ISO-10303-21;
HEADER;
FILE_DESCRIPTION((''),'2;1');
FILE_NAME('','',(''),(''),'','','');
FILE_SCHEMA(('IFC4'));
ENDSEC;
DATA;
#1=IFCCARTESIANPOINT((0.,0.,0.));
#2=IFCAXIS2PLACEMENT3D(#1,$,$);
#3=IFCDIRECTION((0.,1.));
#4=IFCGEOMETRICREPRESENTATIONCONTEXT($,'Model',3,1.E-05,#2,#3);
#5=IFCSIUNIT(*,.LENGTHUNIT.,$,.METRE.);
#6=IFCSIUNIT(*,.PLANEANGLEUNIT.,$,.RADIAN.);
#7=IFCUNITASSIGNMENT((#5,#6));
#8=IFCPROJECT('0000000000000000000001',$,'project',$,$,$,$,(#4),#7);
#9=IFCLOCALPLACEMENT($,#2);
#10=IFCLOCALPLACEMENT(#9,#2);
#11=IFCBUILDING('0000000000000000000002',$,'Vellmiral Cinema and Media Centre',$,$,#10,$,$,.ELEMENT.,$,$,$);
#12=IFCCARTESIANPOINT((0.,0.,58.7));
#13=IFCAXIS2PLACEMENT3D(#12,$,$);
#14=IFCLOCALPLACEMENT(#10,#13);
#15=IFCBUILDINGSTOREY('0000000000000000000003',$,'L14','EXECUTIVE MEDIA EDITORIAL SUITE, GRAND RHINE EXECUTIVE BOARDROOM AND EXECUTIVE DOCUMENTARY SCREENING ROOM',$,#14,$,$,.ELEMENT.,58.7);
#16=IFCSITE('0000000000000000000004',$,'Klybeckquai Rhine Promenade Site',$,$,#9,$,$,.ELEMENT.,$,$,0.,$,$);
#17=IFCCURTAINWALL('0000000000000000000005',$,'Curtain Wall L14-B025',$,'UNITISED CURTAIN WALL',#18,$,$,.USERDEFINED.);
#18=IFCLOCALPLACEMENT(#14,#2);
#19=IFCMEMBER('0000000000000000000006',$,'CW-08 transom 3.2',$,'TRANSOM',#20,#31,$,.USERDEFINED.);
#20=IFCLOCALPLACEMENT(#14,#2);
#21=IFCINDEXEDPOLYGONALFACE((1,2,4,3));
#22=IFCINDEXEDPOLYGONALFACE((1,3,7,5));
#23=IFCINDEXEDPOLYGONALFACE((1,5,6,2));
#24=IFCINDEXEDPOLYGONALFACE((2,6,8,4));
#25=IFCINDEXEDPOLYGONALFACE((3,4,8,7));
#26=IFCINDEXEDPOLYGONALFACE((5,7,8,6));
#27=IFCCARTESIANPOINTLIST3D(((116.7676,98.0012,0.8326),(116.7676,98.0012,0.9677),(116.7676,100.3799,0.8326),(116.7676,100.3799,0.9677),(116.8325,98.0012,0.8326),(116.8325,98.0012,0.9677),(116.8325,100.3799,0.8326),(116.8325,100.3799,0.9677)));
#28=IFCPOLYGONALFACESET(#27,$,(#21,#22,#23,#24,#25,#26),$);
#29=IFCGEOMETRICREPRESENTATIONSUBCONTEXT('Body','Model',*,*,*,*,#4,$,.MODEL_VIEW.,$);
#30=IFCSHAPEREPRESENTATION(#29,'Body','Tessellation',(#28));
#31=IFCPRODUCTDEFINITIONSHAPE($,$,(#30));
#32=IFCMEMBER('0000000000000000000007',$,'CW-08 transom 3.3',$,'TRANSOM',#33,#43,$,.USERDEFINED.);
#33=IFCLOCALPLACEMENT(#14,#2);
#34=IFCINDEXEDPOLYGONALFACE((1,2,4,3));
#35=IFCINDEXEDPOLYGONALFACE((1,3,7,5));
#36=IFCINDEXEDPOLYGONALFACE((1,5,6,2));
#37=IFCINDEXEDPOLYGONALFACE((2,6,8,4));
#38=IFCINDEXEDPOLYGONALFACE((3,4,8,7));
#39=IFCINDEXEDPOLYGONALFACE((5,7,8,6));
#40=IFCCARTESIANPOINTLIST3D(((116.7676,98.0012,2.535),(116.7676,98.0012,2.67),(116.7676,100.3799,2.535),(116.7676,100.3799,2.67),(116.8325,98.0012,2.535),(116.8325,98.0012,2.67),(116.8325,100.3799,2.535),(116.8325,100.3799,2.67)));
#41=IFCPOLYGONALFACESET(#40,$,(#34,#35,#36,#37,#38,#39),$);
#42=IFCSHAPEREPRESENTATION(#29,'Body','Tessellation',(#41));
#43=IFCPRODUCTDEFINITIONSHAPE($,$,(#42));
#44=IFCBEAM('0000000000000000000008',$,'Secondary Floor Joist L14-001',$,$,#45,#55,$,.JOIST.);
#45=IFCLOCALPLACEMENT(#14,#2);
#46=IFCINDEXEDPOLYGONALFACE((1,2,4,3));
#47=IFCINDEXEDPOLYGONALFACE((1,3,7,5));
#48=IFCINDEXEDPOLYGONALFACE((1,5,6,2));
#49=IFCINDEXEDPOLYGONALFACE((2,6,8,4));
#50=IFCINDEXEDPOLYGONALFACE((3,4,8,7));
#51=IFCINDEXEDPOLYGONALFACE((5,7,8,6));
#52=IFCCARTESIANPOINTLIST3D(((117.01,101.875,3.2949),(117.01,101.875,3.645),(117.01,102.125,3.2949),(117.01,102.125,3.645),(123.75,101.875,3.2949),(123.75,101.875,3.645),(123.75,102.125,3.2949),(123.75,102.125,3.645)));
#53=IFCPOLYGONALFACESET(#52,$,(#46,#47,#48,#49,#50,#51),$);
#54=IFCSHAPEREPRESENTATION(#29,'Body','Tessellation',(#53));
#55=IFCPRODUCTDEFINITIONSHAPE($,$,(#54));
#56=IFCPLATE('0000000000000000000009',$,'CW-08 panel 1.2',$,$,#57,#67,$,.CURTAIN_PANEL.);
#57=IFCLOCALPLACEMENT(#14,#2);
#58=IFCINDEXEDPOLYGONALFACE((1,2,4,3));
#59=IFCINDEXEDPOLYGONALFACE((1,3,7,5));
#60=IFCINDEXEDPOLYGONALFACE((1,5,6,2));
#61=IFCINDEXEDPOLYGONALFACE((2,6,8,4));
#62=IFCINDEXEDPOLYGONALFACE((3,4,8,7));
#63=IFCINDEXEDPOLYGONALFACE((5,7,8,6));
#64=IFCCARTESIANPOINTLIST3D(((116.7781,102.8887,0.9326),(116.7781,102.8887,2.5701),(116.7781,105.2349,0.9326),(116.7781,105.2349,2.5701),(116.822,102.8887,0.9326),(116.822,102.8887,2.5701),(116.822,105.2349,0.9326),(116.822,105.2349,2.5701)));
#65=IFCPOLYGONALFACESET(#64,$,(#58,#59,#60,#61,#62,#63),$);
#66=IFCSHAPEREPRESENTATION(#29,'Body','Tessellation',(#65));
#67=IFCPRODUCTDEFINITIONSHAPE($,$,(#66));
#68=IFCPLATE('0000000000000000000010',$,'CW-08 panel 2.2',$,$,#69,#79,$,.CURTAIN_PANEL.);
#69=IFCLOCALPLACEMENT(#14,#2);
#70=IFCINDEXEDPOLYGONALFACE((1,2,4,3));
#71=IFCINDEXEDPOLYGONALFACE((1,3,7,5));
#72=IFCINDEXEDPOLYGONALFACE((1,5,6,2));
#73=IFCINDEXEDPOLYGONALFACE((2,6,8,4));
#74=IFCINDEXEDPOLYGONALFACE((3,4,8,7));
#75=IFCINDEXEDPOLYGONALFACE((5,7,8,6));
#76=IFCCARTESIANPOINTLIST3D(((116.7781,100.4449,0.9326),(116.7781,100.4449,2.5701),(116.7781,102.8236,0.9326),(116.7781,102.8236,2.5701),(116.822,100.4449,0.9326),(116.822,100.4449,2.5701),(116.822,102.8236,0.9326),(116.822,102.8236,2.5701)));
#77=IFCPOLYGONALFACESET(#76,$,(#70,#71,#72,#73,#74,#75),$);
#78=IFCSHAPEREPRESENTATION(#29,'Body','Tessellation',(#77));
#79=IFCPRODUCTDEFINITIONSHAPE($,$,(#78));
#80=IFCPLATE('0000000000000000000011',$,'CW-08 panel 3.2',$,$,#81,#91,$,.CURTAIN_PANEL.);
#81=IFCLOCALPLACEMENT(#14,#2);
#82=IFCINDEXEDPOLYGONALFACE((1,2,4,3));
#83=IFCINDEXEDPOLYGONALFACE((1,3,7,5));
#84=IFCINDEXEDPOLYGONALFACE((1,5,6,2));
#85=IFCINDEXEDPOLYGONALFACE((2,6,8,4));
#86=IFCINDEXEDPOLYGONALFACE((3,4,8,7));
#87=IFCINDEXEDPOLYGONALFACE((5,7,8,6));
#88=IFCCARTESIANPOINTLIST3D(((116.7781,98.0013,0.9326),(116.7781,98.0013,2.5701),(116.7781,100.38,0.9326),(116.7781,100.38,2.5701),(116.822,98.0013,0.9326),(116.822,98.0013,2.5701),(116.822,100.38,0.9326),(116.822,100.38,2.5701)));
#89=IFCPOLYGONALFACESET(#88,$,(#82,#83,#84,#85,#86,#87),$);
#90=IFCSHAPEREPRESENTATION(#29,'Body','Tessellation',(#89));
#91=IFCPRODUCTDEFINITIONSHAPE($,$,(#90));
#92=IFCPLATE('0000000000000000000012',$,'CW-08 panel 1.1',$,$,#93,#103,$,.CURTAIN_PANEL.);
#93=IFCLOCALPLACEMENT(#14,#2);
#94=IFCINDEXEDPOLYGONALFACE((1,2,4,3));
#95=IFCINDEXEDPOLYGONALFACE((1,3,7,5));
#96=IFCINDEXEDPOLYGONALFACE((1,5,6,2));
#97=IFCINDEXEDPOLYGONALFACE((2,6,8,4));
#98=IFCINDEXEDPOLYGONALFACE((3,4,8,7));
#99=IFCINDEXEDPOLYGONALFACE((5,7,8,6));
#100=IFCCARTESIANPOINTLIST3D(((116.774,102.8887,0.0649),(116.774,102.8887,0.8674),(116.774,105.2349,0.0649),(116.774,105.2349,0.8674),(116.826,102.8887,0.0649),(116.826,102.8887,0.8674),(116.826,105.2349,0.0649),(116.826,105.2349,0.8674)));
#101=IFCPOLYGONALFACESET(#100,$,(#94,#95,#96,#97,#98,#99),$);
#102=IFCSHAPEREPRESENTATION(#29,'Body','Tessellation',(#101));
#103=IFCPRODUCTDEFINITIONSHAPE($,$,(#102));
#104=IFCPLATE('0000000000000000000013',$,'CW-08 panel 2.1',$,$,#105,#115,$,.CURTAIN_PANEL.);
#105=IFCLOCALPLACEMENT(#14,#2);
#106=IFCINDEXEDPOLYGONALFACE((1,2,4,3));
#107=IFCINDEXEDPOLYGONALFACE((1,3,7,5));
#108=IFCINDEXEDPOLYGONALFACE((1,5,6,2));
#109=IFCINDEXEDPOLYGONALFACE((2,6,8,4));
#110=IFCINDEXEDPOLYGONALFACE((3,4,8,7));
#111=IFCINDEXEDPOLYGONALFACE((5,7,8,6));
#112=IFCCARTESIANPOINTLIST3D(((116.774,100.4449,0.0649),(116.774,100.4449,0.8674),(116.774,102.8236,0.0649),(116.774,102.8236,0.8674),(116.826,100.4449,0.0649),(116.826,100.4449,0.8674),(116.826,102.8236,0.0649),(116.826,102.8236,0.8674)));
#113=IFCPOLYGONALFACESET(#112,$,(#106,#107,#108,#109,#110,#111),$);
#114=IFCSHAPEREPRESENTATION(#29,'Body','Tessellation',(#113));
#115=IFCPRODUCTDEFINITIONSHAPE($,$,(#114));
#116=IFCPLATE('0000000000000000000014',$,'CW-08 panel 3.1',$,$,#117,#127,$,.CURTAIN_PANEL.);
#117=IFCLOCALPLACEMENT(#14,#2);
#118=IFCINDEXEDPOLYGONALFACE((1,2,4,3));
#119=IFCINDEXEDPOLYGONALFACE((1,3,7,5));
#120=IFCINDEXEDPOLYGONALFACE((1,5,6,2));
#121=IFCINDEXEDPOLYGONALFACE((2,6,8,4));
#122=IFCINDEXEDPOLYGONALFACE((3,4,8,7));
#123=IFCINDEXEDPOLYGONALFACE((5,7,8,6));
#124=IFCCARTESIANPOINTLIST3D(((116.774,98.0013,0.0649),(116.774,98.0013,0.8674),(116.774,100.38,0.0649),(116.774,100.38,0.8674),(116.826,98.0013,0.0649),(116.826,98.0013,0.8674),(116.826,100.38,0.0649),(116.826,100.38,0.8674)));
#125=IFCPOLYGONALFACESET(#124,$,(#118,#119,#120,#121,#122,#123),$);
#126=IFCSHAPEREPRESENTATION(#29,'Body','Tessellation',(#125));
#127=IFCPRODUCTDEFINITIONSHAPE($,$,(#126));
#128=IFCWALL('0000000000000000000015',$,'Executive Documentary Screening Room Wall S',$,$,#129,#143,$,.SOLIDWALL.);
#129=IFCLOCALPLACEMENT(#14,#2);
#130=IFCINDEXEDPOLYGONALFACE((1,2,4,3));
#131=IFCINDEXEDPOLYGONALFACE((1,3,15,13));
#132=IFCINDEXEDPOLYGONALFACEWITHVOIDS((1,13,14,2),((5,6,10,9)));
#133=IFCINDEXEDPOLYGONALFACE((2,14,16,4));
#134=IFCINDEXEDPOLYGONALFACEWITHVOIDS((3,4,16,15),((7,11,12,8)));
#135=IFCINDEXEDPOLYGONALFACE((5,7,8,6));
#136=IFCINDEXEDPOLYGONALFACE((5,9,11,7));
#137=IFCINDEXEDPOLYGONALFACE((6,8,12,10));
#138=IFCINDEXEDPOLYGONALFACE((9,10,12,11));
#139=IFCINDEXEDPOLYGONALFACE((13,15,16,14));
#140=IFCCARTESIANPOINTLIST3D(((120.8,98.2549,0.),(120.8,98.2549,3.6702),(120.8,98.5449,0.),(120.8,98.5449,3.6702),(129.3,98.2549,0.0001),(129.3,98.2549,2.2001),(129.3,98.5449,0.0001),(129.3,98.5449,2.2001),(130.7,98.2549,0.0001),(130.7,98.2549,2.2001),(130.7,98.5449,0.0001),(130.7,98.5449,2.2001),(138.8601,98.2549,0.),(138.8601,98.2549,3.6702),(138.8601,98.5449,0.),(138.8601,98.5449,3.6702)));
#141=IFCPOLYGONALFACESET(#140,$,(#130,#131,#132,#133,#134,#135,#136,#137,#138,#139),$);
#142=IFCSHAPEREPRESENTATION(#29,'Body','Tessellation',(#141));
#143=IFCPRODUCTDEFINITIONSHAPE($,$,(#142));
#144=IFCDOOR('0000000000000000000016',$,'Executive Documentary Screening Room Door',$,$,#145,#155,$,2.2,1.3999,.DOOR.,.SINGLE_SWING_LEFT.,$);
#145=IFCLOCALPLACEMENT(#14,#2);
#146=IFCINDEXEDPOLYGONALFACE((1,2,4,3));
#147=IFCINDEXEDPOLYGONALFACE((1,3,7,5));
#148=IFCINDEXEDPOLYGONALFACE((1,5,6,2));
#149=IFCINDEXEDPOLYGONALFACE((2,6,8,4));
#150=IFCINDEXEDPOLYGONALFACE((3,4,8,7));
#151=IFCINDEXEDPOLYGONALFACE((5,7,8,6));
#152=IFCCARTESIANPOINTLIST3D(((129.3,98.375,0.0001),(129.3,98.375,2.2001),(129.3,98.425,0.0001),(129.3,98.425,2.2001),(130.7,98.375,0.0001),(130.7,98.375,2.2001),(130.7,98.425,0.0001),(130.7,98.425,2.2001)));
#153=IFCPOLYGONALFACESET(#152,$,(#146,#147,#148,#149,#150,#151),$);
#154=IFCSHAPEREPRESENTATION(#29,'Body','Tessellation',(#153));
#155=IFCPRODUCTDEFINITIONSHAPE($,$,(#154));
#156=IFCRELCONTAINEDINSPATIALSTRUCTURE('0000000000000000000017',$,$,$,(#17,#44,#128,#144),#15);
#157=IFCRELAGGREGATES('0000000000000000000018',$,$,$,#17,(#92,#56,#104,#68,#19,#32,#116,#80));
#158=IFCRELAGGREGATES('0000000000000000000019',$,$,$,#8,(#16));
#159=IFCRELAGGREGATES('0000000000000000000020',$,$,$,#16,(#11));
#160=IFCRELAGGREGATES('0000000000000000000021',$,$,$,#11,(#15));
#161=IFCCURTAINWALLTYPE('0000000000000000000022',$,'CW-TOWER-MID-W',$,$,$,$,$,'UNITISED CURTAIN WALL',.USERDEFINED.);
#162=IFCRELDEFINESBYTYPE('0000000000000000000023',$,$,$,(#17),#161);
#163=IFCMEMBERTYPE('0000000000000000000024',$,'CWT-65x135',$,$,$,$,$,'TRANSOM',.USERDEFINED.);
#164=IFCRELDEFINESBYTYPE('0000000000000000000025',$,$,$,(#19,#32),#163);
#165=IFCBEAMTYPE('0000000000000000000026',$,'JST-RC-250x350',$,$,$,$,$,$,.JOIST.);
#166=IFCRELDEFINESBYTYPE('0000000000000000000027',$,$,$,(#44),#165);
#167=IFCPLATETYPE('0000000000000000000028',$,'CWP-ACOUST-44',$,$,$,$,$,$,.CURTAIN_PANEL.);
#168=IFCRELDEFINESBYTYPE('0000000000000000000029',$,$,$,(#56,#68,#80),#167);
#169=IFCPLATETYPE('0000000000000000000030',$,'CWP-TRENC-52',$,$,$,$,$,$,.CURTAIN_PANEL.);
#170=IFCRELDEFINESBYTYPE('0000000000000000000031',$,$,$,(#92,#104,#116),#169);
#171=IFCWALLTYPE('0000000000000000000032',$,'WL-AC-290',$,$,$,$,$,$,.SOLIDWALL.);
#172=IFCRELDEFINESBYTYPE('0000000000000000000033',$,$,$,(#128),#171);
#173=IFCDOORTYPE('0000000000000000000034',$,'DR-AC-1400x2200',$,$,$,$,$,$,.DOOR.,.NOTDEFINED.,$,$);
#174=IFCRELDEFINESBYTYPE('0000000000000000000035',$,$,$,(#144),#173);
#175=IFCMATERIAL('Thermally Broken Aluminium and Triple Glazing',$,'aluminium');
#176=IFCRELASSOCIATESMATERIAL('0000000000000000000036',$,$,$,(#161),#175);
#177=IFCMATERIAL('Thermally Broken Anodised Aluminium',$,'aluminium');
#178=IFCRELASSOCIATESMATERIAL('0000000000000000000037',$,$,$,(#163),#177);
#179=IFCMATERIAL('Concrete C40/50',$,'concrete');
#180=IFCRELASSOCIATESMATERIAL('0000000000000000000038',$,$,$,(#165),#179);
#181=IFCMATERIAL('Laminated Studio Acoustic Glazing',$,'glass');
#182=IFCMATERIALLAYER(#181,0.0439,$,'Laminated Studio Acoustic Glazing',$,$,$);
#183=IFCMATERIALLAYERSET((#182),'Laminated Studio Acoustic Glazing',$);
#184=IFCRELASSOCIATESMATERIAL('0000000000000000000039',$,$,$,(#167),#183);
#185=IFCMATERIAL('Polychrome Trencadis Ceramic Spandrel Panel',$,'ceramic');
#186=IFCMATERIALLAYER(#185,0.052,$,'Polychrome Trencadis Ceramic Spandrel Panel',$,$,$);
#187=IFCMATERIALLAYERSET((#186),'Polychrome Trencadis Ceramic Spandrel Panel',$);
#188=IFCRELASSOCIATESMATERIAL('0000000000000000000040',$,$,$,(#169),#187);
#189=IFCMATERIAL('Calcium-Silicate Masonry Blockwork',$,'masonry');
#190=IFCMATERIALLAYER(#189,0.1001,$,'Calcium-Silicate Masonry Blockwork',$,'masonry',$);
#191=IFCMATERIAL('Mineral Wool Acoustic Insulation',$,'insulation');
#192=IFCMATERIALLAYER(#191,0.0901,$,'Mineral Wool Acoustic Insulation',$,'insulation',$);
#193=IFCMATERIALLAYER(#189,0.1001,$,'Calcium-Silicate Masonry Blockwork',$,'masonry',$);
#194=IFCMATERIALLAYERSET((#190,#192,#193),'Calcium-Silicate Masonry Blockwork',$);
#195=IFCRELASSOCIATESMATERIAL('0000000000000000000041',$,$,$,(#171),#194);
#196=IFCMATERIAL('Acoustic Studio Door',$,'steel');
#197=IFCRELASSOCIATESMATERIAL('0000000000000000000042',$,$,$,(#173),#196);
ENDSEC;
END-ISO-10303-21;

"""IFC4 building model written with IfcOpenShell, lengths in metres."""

from ifc_helpers import new_model, si_unit, direction, frame, frame_2d, origin, origin_2d, place, context, subcontext, project, spatial, rectangle, extrude, material, layer, layer_set, material_profile, profile_set, type_object, element, fill, aggregate, save


model = new_model("IFC4")

# Units and contexts
model_context = context("Model", 3, precision=1e-05, world=origin(), true_north=direction((0.0, 1.0)))
body_context = subcontext(model_context, "Body", "Model", "MODEL_VIEW")
ifc_project = project(units=[si_unit("LENGTHUNIT", "METRE"), si_unit("PLANEANGLEUNIT", "RADIAN")], contexts=[model_context])

# Site, building, storey
site_placement = place(None, origin())
site = spatial("IfcSite", under=ifc_project, at=site_placement, Name="Klybeckquai Rhine Promenade Site", CompositionType="ELEMENT", RefElevation=0.0)
building_placement = place(site_placement, origin())
building = spatial("IfcBuilding", under=site, at=building_placement, Name="Vellmiral Cinema and Media Centre", CompositionType="ELEMENT")
storey_placement = place(building_placement, frame((0.0, 0.0, 58.7)))
storey = spatial("IfcBuildingStorey", under=building, at=storey_placement, Name="L14", Description="EXECUTIVE MEDIA EDITORIAL SUITE, GRAND RHINE EXECUTIVE BOARDROOM AND EXECUTIVE DOCUMENTARY SCREENING ROOM", CompositionType="ELEMENT", Elevation=58.7)

# Curtain wall, members
ifc_material_1 = material(Name="Thermally Broken Aluminium and Triple Glazing", Category="aluminium")
curtain_wall_type = type_object("IfcCurtainWallType", Name="CW-TOWER-MID-W", ElementType="UNITISED CURTAIN WALL", PredefinedType="USERDEFINED", material=ifc_material_1)
curtain_wall_placement = place(storey_placement, origin())
curtain_wall = element("IfcCurtainWall", 1, at=curtain_wall_placement, inside=storey, type_object=curtain_wall_type, Name="Curtain Wall L14-B025", ObjectType="UNITISED CURTAIN WALL", PredefinedType="USERDEFINED")
ifc_material_2 = material(Name="Thermally Broken Anodised Aluminium", Category="aluminium")
ifc_material_profile_1 = material_profile(ifc_material_2, rectangle(XDim=0.0649, YDim=0.135, at=origin_2d()), Name="MULL 65x135")
ifc_profile_set_1 = profile_set([ifc_material_profile_1], Name="Thermally Broken Anodised Aluminium")
member_type_1 = type_object("IfcMemberType", Name="CWT-65x135", ElementType="TRANSOM", PredefinedType="USERDEFINED", material=ifc_profile_set_1)
member_1_placement = place(storey_placement, frame((116.8, 100.3799, 0.9001), z_axis=(0.0, -1.0, 0.0), x_axis=(1.0, 0.0, 0.0)))
member_1 = element("IfcMember", 2, at=member_1_placement, type_object=member_type_1, Name="CW-08 transom 3.2", ObjectType="TRANSOM", PredefinedType="USERDEFINED", context=body_context, shape_type="SweptSolid", body=[
    extrude(rectangle(XDim=0.0649, YDim=0.135, at=origin_2d()), origin(), (0.0, 0.0, 1.0), 2.3787),
])
member_2_placement = place(storey_placement, frame((116.8, 100.3799, 2.6025), z_axis=(0.0, -1.0, 0.0), x_axis=(1.0, 0.0, 0.0)))
member_2 = element("IfcMember", 3, at=member_2_placement, type_object=member_type_1, Name="CW-08 transom 3.3", ObjectType="TRANSOM", PredefinedType="USERDEFINED", context=body_context, shape_type="SweptSolid", body=[
    extrude(rectangle(XDim=0.0649, YDim=0.135, at=origin_2d()), origin(), (0.0, 0.0, 1.0), 2.3787),
])

# Beam
ifc_material_3 = material(Name="Concrete C40/50", Category="concrete")
ifc_material_profile_2 = material_profile(ifc_material_3, rectangle(XDim=0.25, YDim=0.3501, at=origin_2d()), Name="RC 250x350")
ifc_profile_set_2 = profile_set([ifc_material_profile_2], Name="Concrete C40/50")
beam_type_1 = type_object("IfcBeamType", Name="JST-RC-250x350", PredefinedType="JOIST", material=ifc_profile_set_2)
beam_1_placement = place(storey_placement, frame((117.01, 102.0, 3.47), z_axis=(1.0, 0.0, 0.0), x_axis=(0.0, 1.0, 0.0)))
element("IfcBeam", 4, at=beam_1_placement, inside=storey, type_object=beam_type_1, Name="Secondary Floor Joist L14-001", PredefinedType="JOIST", context=body_context, shape_type="SweptSolid", body=[
    extrude(rectangle(XDim=0.25, YDim=0.3501, at=origin_2d()), origin(), (0.0, 0.0, 1.0), 6.74),
])

# Plates
ifc_material_4 = material(Name="Laminated Studio Acoustic Glazing", Category="glass")
ifc_layer_1 = layer(ifc_material_4, 0.0439, Name="Laminated Studio Acoustic Glazing")
ifc_layer_set_1 = layer_set([ifc_layer_1], Name="Laminated Studio Acoustic Glazing")
plate_type_1 = type_object("IfcPlateType", Name="CWP-ACOUST-44", PredefinedType="CURTAIN_PANEL", material=ifc_layer_set_1)
plate_1_placement = place(storey_placement, frame((116.8, 104.0618, 0.9326), z_axis=(0.0, 0.0, 1.0), x_axis=(0.0, -1.0, 0.0)))
plate_1 = element("IfcPlate", 5, at=plate_1_placement, type_object=plate_type_1, Name="CW-08 panel 1.2", PredefinedType="CURTAIN_PANEL", context=body_context, shape_type="SweptSolid", body=[
    extrude(rectangle(XDim=2.3462, YDim=0.0439, at=origin_2d()), origin(), (0.0, 0.0, 1.0), 1.6375),
])
plate_2_placement = place(storey_placement, frame((116.8, 101.6343, 0.9326), z_axis=(0.0, 0.0, 1.0), x_axis=(0.0, -1.0, 0.0)))
plate_2 = element("IfcPlate", 6, at=plate_2_placement, type_object=plate_type_1, Name="CW-08 panel 2.2", PredefinedType="CURTAIN_PANEL", context=body_context, shape_type="SweptSolid", body=[
    extrude(rectangle(XDim=2.3787, YDim=0.0439, at=origin_2d()), origin(), (0.0, 0.0, 1.0), 1.6375),
])
plate_3_placement = place(storey_placement, frame((116.8, 99.1907, 0.9326), z_axis=(0.0, 0.0, 1.0), x_axis=(0.0, -1.0, 0.0)))
plate_3 = element("IfcPlate", 7, at=plate_3_placement, type_object=plate_type_1, Name="CW-08 panel 3.2", PredefinedType="CURTAIN_PANEL", context=body_context, shape_type="SweptSolid", body=[
    extrude(rectangle(XDim=2.3787, YDim=0.0439, at=origin_2d()), origin(), (0.0, 0.0, 1.0), 1.6375),
])
ifc_material_5 = material(Name="Polychrome Trencadis Ceramic Spandrel Panel", Category="ceramic")
ifc_layer_2 = layer(ifc_material_5, 0.052, Name="Polychrome Trencadis Ceramic Spandrel Panel")
ifc_layer_set_2 = layer_set([ifc_layer_2], Name="Polychrome Trencadis Ceramic Spandrel Panel")
plate_type_2 = type_object("IfcPlateType", Name="CWP-TRENC-52", PredefinedType="CURTAIN_PANEL", material=ifc_layer_set_2)
plate_4_placement = place(storey_placement, frame((116.8, 104.0618, 0.0649), z_axis=(0.0, 0.0, 1.0), x_axis=(0.0, -1.0, 0.0)))
plate_4 = element("IfcPlate", 8, at=plate_4_placement, type_object=plate_type_2, Name="CW-08 panel 1.1", PredefinedType="CURTAIN_PANEL", context=body_context, shape_type="SweptSolid", body=[
    extrude(rectangle(XDim=2.3462, YDim=0.052, at=origin_2d()), origin(), (0.0, 0.0, 1.0), 0.8025),
])
plate_5_placement = place(storey_placement, frame((116.8, 101.6343, 0.0649), z_axis=(0.0, 0.0, 1.0), x_axis=(0.0, -1.0, 0.0)))
plate_5 = element("IfcPlate", 9, at=plate_5_placement, type_object=plate_type_2, Name="CW-08 panel 2.1", PredefinedType="CURTAIN_PANEL", context=body_context, shape_type="SweptSolid", body=[
    extrude(rectangle(XDim=2.3787, YDim=0.052, at=origin_2d()), origin(), (0.0, 0.0, 1.0), 0.8025),
])
plate_6_placement = place(storey_placement, frame((116.8, 99.1907, 0.0649), z_axis=(0.0, 0.0, 1.0), x_axis=(0.0, -1.0, 0.0)))
plate_6 = element("IfcPlate", 10, at=plate_6_placement, type_object=plate_type_2, Name="CW-08 panel 3.1", PredefinedType="CURTAIN_PANEL", context=body_context, shape_type="SweptSolid", body=[
    extrude(rectangle(XDim=2.3787, YDim=0.052, at=origin_2d()), origin(), (0.0, 0.0, 1.0), 0.8025),
])
aggregate(curtain_wall, [plate_4, plate_1, plate_5, plate_2, member_1, member_2, plate_6, plate_3])

# Wall, opening, door
ifc_material_6 = material(Name="Calcium-Silicate Masonry Blockwork", Category="masonry")
ifc_layer_3 = layer(ifc_material_6, 0.1001, Name="Calcium-Silicate Masonry Blockwork", Category="masonry")
ifc_material_7 = material(Name="Mineral Wool Acoustic Insulation", Category="insulation")
ifc_layer_4 = layer(ifc_material_7, 0.0901, Name="Mineral Wool Acoustic Insulation", Category="insulation")
ifc_layer_5 = layer(ifc_material_6, 0.1001, Name="Calcium-Silicate Masonry Blockwork", Category="masonry")
ifc_layer_set_3 = layer_set([ifc_layer_3, ifc_layer_4, ifc_layer_5], Name="Calcium-Silicate Masonry Blockwork")
wall_type_1 = type_object("IfcWallType", Name="WL-AC-290", PredefinedType="SOLIDWALL", material=ifc_layer_set_3)
wall_1_placement = place(storey_placement, frame((120.8, 98.3999, 0.0), z_axis=(0.0, 0.0, 1.0), x_axis=(1.0, 0.0, 0.0)))
wall_1 = element("IfcWall", 11, at=wall_1_placement, inside=storey, type_object=wall_type_1, Name="Executive Documentary Screening Room Wall S", PredefinedType="SOLIDWALL", context=body_context, shape_type="SweptSolid", body=[
    extrude(rectangle(XDim=18.0601, YDim=0.29, at=frame_2d((9.03, 0.0))), origin(), (0.0, 0.0, 1.0), 3.6702),
])
opening_1_placement = place(wall_1_placement, frame((8.5, 0.0, 0.0)))
opening_1 = element("IfcOpeningElement", 12, at=opening_1_placement, cuts=wall_1, PredefinedType="OPENING", context=body_context, shape_type="SweptSolid", body=[
    extrude(rectangle(XDim=1.3999, YDim=2.2, at=frame_2d((0.7, 1.1001))), frame((0.0, 0.157, 0.0), z_axis=(0.0, -1.0, 0.0), x_axis=(1.0, 0.0, 0.0)), (0.0, 0.0, 1.0), 0.314),
])
ifc_material_8 = material(Name="Acoustic Studio Door", Category="steel")
door_type = type_object("IfcDoorType", Name="DR-AC-1400x2200", OperationType="NOTDEFINED", PredefinedType="DOOR", material=ifc_material_8)
door_placement = place(opening_1_placement, frame((1.3999, 0.0, 0.0), z_axis=(0.0, 0.0, 1.0), x_axis=(-1.0, 0.0, 0.0)))
door = element("IfcDoor", 13, at=door_placement, inside=storey, type_object=door_type, Name="Executive Documentary Screening Room Door", OperationType="SINGLE_SWING_LEFT", OverallHeight=2.2, OverallWidth=1.3999, PredefinedType="DOOR", context=body_context, shape_type="SweptSolid", body=[
    extrude(rectangle(XDim=1.3999, YDim=2.2, at=frame_2d((0.7, 1.1001))), frame((0.0, 0.0249, 0.0), z_axis=(0.0, -1.0, 0.0), x_axis=(1.0, 0.0, 0.0)), (0.0, 0.0, 1.0), 0.05),
])
fill(opening_1, door)

save(model, "model.ifc")
